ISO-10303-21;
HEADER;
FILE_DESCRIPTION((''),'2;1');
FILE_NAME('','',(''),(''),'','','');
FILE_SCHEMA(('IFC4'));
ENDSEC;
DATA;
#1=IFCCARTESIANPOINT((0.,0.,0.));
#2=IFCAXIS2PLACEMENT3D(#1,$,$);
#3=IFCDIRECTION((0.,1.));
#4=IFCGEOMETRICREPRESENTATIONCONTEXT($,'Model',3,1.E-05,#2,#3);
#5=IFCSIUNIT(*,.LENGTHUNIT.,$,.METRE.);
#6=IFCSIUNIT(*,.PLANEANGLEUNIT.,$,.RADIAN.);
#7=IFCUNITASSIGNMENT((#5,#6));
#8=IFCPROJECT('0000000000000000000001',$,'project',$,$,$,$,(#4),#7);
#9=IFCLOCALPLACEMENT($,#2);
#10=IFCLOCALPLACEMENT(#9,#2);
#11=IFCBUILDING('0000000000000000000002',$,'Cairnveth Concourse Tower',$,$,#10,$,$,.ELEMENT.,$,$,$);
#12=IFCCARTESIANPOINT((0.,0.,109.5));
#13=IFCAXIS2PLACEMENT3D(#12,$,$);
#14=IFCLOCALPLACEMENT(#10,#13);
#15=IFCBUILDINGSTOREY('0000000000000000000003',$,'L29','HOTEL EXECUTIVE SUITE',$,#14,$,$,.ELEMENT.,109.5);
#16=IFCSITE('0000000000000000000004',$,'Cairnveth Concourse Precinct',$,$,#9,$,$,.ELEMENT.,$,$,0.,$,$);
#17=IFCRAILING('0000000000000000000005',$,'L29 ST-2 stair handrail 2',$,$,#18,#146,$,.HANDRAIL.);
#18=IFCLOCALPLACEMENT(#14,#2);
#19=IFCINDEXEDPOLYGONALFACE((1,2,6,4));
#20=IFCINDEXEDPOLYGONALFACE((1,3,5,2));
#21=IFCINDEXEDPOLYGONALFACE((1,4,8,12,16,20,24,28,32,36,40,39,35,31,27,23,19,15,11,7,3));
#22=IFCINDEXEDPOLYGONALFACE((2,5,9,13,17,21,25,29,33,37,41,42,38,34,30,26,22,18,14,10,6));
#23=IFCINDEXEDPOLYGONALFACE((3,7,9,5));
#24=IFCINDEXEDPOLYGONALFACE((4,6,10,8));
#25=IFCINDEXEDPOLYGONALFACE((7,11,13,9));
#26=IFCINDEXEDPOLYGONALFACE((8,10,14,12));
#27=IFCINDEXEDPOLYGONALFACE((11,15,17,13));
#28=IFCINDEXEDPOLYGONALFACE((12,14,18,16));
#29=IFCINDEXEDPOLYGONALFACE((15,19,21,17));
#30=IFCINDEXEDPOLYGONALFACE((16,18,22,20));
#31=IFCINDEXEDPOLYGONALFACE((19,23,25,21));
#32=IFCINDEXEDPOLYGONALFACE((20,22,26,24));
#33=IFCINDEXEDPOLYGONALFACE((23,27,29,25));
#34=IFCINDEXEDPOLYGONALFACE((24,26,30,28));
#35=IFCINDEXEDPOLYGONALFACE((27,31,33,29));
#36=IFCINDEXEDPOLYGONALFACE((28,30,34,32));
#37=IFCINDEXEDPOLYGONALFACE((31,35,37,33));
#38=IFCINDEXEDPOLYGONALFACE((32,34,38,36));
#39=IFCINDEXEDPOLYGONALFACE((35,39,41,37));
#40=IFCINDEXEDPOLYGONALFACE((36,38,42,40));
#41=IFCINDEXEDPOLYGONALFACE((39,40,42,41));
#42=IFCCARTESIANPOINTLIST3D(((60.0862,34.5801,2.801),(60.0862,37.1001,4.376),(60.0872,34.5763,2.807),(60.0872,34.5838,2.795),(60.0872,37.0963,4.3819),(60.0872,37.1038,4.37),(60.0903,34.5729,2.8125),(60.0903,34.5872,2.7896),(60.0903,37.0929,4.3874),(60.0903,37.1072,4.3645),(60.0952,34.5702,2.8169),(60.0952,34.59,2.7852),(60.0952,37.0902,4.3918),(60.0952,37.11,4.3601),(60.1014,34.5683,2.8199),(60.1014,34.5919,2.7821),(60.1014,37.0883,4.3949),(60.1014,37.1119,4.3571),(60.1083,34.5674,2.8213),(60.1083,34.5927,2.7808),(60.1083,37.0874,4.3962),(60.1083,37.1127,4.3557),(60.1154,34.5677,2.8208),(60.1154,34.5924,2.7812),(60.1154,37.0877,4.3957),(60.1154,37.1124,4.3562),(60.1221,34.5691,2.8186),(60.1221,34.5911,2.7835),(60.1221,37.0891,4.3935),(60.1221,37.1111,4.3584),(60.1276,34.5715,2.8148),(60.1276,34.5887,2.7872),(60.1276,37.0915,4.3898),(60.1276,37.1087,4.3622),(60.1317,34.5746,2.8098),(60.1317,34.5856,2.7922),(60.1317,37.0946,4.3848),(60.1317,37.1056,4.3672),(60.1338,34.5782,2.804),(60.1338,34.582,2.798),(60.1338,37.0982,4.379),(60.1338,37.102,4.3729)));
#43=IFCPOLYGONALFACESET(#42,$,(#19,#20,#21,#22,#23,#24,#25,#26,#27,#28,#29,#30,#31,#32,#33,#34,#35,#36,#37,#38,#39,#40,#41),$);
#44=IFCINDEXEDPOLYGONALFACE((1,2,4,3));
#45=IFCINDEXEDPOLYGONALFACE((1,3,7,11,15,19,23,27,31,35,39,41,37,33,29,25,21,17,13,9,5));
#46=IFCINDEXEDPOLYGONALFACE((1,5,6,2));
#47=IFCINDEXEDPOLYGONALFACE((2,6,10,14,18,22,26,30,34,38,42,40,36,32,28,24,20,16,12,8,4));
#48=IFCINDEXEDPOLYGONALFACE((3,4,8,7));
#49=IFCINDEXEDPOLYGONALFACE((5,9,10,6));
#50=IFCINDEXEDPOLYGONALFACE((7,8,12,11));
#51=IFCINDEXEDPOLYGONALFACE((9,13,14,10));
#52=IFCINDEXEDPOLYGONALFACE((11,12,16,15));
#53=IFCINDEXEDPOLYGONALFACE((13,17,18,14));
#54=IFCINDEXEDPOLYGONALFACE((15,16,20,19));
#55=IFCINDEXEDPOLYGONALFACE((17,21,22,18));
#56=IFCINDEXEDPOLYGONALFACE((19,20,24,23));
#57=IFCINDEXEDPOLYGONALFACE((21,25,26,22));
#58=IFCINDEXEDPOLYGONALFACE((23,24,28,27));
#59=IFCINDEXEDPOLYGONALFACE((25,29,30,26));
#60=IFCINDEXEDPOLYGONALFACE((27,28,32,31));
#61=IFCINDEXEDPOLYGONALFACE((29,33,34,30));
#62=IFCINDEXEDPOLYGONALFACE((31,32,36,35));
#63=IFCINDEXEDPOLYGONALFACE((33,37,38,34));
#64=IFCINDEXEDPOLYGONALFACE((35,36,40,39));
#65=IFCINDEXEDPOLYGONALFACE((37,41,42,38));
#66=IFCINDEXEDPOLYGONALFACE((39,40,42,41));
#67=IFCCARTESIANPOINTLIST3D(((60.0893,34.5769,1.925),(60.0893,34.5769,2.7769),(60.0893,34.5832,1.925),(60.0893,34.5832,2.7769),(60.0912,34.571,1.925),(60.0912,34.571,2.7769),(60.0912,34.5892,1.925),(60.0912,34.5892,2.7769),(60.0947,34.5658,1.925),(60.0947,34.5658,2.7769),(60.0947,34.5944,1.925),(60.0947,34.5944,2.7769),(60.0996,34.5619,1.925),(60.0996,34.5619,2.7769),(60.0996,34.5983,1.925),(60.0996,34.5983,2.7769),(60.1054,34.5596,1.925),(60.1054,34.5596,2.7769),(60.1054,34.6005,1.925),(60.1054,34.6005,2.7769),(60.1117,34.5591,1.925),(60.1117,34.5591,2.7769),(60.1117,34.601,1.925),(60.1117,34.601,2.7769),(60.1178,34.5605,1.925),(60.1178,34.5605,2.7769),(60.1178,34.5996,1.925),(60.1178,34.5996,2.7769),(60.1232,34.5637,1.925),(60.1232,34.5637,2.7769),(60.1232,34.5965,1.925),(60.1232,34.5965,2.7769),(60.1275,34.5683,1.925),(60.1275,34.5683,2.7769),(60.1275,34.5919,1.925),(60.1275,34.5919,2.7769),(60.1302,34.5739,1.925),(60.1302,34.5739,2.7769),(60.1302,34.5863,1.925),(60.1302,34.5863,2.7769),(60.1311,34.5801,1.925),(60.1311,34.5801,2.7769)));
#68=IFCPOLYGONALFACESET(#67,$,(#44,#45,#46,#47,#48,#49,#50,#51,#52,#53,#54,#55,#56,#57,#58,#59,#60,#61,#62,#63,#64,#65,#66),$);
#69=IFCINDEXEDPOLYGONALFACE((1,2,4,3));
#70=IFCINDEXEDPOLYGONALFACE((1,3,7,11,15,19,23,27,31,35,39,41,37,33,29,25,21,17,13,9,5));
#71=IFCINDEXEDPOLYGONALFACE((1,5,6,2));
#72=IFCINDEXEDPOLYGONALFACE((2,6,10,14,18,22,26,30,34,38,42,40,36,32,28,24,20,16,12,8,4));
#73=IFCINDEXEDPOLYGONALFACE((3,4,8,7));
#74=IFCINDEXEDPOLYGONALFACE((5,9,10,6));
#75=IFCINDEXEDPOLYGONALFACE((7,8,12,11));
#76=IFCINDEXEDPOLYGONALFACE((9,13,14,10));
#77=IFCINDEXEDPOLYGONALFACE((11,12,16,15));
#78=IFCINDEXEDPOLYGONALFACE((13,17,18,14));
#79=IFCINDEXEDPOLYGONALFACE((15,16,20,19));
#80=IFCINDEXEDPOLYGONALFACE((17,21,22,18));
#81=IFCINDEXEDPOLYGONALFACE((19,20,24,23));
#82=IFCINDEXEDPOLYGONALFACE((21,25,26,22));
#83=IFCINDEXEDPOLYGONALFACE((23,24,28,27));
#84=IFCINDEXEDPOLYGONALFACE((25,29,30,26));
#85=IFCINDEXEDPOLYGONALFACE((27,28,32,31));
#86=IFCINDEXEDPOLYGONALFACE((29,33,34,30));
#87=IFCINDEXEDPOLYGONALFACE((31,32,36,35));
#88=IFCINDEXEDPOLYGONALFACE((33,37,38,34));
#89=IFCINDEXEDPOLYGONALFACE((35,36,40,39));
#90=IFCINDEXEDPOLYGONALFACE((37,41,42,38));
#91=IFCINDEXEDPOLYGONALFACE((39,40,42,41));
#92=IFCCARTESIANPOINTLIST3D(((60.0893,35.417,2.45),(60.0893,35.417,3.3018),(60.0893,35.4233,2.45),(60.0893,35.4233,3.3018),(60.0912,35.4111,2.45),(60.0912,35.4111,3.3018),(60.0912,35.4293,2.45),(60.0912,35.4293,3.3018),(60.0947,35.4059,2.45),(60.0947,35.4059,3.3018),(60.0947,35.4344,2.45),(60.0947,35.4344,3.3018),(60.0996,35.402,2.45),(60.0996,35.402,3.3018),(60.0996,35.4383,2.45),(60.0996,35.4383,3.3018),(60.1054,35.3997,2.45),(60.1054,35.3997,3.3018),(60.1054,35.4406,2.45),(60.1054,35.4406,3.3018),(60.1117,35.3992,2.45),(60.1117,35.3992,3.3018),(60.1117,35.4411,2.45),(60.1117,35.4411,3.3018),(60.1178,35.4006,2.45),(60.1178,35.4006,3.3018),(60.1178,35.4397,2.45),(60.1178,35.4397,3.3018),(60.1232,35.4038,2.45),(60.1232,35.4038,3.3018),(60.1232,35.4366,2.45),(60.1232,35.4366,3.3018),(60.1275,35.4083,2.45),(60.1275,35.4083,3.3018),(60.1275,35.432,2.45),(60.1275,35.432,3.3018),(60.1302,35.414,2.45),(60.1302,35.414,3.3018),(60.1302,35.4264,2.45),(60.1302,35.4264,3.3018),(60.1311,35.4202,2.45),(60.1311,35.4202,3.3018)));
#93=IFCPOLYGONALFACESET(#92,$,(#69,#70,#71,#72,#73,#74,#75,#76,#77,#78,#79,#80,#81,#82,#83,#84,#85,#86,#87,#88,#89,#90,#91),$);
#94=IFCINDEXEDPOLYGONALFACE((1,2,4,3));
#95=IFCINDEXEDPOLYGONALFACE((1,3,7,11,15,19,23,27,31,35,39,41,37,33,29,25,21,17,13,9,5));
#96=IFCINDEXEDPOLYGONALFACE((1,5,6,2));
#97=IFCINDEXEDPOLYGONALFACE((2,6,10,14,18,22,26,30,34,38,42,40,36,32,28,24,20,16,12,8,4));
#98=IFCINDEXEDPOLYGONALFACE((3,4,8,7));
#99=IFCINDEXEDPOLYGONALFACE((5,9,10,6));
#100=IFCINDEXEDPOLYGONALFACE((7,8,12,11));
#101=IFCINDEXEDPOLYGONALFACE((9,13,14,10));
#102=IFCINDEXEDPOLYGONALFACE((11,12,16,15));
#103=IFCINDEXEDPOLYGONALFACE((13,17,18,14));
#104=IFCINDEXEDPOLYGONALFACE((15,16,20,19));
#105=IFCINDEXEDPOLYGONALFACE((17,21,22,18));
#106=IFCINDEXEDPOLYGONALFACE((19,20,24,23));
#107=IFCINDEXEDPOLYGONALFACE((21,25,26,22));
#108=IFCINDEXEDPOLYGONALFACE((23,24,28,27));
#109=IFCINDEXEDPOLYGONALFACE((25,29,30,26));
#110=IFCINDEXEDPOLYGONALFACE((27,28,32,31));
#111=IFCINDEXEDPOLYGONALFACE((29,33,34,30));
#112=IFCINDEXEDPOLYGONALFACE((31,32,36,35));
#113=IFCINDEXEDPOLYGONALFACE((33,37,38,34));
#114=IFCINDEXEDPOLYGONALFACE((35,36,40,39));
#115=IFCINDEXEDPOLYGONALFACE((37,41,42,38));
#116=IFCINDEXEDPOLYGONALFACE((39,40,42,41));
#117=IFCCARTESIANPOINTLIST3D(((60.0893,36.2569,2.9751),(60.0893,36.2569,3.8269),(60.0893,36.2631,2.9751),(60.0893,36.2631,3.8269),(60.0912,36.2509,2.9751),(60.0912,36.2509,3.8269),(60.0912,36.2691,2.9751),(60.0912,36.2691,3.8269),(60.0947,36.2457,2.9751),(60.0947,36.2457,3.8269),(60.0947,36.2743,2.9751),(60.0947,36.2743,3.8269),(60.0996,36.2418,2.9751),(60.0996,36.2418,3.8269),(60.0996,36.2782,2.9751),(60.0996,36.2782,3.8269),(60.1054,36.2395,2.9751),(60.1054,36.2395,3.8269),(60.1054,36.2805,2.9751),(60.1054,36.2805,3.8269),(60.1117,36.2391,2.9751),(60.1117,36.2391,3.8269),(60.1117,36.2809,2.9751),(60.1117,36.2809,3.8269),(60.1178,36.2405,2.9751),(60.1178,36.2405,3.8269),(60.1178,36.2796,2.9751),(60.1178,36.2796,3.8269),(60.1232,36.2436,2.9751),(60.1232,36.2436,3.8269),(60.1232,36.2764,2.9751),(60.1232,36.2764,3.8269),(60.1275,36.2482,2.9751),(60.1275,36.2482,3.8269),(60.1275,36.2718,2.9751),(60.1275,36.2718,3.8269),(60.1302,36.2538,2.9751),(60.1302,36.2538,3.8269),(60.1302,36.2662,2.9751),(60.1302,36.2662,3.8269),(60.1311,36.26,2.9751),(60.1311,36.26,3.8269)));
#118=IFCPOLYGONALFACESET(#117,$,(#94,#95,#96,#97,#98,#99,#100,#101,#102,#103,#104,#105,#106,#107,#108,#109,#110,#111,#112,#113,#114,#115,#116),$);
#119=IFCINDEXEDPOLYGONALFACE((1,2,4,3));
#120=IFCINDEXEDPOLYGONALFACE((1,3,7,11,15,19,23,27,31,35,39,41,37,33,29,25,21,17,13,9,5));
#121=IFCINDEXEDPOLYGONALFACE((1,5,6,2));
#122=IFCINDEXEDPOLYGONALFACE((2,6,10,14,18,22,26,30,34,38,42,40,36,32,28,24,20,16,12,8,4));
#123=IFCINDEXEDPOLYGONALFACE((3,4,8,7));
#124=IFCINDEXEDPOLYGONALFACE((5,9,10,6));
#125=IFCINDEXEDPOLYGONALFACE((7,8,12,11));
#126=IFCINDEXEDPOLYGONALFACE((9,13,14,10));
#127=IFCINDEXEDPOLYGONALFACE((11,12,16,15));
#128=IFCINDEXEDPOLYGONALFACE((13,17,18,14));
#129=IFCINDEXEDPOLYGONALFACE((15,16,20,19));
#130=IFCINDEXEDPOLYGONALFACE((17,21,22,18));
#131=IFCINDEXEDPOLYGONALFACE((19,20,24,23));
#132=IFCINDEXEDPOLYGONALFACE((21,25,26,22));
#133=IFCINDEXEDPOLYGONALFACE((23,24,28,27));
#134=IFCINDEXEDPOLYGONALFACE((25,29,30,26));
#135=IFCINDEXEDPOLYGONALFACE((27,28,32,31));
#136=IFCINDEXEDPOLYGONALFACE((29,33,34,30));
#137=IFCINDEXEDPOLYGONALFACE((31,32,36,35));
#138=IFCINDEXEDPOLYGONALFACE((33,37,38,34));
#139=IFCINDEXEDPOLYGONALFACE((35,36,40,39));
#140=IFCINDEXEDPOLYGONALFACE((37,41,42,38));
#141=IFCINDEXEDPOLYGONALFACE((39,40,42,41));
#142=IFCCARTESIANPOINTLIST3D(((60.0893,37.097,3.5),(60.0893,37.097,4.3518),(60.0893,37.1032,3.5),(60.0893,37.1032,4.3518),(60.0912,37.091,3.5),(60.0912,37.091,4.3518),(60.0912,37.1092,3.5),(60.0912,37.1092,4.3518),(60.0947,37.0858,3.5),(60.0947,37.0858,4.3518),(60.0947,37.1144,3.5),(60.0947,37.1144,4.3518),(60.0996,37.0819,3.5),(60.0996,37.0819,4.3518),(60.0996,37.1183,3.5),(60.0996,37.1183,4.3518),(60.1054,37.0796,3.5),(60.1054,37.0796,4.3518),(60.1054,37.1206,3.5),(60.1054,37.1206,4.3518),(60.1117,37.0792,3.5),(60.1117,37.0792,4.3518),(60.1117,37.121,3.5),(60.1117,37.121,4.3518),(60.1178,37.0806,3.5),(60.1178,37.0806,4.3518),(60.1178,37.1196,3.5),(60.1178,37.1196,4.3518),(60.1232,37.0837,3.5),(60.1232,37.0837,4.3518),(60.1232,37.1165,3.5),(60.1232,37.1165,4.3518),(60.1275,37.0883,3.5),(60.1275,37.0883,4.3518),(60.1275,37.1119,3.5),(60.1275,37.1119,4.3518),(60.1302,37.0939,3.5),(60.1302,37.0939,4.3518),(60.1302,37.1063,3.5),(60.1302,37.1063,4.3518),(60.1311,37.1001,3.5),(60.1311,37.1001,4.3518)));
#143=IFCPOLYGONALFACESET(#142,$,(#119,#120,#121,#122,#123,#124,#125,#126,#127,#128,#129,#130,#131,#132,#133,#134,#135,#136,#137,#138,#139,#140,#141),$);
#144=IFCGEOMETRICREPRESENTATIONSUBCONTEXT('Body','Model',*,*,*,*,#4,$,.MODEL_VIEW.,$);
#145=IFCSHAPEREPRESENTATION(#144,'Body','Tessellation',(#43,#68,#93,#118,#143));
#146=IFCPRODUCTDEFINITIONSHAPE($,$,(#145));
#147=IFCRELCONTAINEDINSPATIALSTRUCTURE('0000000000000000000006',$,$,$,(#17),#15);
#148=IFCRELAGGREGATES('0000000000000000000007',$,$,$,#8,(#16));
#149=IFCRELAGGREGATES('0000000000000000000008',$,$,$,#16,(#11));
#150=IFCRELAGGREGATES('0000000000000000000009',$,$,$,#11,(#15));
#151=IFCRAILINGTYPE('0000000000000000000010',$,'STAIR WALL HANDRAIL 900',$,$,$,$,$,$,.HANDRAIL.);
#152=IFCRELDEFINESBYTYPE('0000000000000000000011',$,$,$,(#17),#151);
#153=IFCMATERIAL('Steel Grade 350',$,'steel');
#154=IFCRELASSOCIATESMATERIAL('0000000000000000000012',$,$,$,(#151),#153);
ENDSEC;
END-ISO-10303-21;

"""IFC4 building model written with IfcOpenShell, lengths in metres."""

from ifc_helpers import new_model, si_unit, direction, frame, origin, origin_2d, place, context, subcontext, project, spatial, circle, extrude, material, type_object, element, save


model = new_model("IFC4")

# Units and contexts
model_context = context("Model", 3, precision=1e-05, world=origin(), true_north=direction((0.0, 1.0)))
body_context = subcontext(model_context, "Body", "Model", "MODEL_VIEW")
ifc_project = project(units=[si_unit("LENGTHUNIT", "METRE"), si_unit("PLANEANGLEUNIT", "RADIAN")], contexts=[model_context])

# Site, building, storey
site_placement = place(None, origin())
site = spatial("IfcSite", under=ifc_project, at=site_placement, Name="Cairnveth Concourse Precinct", CompositionType="ELEMENT", RefElevation=0.0)
building_placement = place(site_placement, origin())
building = spatial("IfcBuilding", under=site, at=building_placement, Name="Cairnveth Concourse Tower", CompositionType="ELEMENT")
storey_placement = place(building_placement, frame((0.0, 0.0, 109.5)))
storey = spatial("IfcBuildingStorey", under=building, at=storey_placement, Name="L29", Description="HOTEL EXECUTIVE SUITE", CompositionType="ELEMENT", Elevation=109.5)

# Shared definitions
ifc_material_1 = material(Name="Steel Grade 350", Category="steel")

# Railing
railing_type_1 = type_object("IfcRailingType", Name="STAIR WALL HANDRAIL 900", PredefinedType="HANDRAIL", material=ifc_material_1)
railing_1_placement = place(storey_placement, frame((60.1101, 34.5801, 1.925)))
element("IfcRailing", 1, at=railing_1_placement, inside=storey, type_object=railing_type_1, Name="L29 ST-2 stair handrail 2", PredefinedType="HANDRAIL", context=body_context, shape_type="SweptSolid", body=[
    extrude(circle(Radius=0.0239, at=origin_2d()), frame((0.0, 0.0, 0.876), z_axis=(0.0, 0.848008, 0.529984), x_axis=(-1.0, 0.0, 0.0)), (0.0, 0.0, 1.0), 2.9717),
    extrude(circle(Radius=0.021, at=origin_2d()), origin(), (0.0, 0.0, 1.0), 0.8518),
    extrude(circle(Radius=0.021, at=origin_2d()), frame((0.0, 0.8401, 0.5249)), (0.0, 0.0, 1.0), 0.8518),
    extrude(circle(Radius=0.021, at=origin_2d()), frame((0.0, 1.6799, 1.05)), (0.0, 0.0, 1.0), 0.8518),
    extrude(circle(Radius=0.021, at=origin_2d()), frame((0.0, 2.52, 1.575)), (0.0, 0.0, 1.0), 0.8518),
])

save(model, "model.ifc")
